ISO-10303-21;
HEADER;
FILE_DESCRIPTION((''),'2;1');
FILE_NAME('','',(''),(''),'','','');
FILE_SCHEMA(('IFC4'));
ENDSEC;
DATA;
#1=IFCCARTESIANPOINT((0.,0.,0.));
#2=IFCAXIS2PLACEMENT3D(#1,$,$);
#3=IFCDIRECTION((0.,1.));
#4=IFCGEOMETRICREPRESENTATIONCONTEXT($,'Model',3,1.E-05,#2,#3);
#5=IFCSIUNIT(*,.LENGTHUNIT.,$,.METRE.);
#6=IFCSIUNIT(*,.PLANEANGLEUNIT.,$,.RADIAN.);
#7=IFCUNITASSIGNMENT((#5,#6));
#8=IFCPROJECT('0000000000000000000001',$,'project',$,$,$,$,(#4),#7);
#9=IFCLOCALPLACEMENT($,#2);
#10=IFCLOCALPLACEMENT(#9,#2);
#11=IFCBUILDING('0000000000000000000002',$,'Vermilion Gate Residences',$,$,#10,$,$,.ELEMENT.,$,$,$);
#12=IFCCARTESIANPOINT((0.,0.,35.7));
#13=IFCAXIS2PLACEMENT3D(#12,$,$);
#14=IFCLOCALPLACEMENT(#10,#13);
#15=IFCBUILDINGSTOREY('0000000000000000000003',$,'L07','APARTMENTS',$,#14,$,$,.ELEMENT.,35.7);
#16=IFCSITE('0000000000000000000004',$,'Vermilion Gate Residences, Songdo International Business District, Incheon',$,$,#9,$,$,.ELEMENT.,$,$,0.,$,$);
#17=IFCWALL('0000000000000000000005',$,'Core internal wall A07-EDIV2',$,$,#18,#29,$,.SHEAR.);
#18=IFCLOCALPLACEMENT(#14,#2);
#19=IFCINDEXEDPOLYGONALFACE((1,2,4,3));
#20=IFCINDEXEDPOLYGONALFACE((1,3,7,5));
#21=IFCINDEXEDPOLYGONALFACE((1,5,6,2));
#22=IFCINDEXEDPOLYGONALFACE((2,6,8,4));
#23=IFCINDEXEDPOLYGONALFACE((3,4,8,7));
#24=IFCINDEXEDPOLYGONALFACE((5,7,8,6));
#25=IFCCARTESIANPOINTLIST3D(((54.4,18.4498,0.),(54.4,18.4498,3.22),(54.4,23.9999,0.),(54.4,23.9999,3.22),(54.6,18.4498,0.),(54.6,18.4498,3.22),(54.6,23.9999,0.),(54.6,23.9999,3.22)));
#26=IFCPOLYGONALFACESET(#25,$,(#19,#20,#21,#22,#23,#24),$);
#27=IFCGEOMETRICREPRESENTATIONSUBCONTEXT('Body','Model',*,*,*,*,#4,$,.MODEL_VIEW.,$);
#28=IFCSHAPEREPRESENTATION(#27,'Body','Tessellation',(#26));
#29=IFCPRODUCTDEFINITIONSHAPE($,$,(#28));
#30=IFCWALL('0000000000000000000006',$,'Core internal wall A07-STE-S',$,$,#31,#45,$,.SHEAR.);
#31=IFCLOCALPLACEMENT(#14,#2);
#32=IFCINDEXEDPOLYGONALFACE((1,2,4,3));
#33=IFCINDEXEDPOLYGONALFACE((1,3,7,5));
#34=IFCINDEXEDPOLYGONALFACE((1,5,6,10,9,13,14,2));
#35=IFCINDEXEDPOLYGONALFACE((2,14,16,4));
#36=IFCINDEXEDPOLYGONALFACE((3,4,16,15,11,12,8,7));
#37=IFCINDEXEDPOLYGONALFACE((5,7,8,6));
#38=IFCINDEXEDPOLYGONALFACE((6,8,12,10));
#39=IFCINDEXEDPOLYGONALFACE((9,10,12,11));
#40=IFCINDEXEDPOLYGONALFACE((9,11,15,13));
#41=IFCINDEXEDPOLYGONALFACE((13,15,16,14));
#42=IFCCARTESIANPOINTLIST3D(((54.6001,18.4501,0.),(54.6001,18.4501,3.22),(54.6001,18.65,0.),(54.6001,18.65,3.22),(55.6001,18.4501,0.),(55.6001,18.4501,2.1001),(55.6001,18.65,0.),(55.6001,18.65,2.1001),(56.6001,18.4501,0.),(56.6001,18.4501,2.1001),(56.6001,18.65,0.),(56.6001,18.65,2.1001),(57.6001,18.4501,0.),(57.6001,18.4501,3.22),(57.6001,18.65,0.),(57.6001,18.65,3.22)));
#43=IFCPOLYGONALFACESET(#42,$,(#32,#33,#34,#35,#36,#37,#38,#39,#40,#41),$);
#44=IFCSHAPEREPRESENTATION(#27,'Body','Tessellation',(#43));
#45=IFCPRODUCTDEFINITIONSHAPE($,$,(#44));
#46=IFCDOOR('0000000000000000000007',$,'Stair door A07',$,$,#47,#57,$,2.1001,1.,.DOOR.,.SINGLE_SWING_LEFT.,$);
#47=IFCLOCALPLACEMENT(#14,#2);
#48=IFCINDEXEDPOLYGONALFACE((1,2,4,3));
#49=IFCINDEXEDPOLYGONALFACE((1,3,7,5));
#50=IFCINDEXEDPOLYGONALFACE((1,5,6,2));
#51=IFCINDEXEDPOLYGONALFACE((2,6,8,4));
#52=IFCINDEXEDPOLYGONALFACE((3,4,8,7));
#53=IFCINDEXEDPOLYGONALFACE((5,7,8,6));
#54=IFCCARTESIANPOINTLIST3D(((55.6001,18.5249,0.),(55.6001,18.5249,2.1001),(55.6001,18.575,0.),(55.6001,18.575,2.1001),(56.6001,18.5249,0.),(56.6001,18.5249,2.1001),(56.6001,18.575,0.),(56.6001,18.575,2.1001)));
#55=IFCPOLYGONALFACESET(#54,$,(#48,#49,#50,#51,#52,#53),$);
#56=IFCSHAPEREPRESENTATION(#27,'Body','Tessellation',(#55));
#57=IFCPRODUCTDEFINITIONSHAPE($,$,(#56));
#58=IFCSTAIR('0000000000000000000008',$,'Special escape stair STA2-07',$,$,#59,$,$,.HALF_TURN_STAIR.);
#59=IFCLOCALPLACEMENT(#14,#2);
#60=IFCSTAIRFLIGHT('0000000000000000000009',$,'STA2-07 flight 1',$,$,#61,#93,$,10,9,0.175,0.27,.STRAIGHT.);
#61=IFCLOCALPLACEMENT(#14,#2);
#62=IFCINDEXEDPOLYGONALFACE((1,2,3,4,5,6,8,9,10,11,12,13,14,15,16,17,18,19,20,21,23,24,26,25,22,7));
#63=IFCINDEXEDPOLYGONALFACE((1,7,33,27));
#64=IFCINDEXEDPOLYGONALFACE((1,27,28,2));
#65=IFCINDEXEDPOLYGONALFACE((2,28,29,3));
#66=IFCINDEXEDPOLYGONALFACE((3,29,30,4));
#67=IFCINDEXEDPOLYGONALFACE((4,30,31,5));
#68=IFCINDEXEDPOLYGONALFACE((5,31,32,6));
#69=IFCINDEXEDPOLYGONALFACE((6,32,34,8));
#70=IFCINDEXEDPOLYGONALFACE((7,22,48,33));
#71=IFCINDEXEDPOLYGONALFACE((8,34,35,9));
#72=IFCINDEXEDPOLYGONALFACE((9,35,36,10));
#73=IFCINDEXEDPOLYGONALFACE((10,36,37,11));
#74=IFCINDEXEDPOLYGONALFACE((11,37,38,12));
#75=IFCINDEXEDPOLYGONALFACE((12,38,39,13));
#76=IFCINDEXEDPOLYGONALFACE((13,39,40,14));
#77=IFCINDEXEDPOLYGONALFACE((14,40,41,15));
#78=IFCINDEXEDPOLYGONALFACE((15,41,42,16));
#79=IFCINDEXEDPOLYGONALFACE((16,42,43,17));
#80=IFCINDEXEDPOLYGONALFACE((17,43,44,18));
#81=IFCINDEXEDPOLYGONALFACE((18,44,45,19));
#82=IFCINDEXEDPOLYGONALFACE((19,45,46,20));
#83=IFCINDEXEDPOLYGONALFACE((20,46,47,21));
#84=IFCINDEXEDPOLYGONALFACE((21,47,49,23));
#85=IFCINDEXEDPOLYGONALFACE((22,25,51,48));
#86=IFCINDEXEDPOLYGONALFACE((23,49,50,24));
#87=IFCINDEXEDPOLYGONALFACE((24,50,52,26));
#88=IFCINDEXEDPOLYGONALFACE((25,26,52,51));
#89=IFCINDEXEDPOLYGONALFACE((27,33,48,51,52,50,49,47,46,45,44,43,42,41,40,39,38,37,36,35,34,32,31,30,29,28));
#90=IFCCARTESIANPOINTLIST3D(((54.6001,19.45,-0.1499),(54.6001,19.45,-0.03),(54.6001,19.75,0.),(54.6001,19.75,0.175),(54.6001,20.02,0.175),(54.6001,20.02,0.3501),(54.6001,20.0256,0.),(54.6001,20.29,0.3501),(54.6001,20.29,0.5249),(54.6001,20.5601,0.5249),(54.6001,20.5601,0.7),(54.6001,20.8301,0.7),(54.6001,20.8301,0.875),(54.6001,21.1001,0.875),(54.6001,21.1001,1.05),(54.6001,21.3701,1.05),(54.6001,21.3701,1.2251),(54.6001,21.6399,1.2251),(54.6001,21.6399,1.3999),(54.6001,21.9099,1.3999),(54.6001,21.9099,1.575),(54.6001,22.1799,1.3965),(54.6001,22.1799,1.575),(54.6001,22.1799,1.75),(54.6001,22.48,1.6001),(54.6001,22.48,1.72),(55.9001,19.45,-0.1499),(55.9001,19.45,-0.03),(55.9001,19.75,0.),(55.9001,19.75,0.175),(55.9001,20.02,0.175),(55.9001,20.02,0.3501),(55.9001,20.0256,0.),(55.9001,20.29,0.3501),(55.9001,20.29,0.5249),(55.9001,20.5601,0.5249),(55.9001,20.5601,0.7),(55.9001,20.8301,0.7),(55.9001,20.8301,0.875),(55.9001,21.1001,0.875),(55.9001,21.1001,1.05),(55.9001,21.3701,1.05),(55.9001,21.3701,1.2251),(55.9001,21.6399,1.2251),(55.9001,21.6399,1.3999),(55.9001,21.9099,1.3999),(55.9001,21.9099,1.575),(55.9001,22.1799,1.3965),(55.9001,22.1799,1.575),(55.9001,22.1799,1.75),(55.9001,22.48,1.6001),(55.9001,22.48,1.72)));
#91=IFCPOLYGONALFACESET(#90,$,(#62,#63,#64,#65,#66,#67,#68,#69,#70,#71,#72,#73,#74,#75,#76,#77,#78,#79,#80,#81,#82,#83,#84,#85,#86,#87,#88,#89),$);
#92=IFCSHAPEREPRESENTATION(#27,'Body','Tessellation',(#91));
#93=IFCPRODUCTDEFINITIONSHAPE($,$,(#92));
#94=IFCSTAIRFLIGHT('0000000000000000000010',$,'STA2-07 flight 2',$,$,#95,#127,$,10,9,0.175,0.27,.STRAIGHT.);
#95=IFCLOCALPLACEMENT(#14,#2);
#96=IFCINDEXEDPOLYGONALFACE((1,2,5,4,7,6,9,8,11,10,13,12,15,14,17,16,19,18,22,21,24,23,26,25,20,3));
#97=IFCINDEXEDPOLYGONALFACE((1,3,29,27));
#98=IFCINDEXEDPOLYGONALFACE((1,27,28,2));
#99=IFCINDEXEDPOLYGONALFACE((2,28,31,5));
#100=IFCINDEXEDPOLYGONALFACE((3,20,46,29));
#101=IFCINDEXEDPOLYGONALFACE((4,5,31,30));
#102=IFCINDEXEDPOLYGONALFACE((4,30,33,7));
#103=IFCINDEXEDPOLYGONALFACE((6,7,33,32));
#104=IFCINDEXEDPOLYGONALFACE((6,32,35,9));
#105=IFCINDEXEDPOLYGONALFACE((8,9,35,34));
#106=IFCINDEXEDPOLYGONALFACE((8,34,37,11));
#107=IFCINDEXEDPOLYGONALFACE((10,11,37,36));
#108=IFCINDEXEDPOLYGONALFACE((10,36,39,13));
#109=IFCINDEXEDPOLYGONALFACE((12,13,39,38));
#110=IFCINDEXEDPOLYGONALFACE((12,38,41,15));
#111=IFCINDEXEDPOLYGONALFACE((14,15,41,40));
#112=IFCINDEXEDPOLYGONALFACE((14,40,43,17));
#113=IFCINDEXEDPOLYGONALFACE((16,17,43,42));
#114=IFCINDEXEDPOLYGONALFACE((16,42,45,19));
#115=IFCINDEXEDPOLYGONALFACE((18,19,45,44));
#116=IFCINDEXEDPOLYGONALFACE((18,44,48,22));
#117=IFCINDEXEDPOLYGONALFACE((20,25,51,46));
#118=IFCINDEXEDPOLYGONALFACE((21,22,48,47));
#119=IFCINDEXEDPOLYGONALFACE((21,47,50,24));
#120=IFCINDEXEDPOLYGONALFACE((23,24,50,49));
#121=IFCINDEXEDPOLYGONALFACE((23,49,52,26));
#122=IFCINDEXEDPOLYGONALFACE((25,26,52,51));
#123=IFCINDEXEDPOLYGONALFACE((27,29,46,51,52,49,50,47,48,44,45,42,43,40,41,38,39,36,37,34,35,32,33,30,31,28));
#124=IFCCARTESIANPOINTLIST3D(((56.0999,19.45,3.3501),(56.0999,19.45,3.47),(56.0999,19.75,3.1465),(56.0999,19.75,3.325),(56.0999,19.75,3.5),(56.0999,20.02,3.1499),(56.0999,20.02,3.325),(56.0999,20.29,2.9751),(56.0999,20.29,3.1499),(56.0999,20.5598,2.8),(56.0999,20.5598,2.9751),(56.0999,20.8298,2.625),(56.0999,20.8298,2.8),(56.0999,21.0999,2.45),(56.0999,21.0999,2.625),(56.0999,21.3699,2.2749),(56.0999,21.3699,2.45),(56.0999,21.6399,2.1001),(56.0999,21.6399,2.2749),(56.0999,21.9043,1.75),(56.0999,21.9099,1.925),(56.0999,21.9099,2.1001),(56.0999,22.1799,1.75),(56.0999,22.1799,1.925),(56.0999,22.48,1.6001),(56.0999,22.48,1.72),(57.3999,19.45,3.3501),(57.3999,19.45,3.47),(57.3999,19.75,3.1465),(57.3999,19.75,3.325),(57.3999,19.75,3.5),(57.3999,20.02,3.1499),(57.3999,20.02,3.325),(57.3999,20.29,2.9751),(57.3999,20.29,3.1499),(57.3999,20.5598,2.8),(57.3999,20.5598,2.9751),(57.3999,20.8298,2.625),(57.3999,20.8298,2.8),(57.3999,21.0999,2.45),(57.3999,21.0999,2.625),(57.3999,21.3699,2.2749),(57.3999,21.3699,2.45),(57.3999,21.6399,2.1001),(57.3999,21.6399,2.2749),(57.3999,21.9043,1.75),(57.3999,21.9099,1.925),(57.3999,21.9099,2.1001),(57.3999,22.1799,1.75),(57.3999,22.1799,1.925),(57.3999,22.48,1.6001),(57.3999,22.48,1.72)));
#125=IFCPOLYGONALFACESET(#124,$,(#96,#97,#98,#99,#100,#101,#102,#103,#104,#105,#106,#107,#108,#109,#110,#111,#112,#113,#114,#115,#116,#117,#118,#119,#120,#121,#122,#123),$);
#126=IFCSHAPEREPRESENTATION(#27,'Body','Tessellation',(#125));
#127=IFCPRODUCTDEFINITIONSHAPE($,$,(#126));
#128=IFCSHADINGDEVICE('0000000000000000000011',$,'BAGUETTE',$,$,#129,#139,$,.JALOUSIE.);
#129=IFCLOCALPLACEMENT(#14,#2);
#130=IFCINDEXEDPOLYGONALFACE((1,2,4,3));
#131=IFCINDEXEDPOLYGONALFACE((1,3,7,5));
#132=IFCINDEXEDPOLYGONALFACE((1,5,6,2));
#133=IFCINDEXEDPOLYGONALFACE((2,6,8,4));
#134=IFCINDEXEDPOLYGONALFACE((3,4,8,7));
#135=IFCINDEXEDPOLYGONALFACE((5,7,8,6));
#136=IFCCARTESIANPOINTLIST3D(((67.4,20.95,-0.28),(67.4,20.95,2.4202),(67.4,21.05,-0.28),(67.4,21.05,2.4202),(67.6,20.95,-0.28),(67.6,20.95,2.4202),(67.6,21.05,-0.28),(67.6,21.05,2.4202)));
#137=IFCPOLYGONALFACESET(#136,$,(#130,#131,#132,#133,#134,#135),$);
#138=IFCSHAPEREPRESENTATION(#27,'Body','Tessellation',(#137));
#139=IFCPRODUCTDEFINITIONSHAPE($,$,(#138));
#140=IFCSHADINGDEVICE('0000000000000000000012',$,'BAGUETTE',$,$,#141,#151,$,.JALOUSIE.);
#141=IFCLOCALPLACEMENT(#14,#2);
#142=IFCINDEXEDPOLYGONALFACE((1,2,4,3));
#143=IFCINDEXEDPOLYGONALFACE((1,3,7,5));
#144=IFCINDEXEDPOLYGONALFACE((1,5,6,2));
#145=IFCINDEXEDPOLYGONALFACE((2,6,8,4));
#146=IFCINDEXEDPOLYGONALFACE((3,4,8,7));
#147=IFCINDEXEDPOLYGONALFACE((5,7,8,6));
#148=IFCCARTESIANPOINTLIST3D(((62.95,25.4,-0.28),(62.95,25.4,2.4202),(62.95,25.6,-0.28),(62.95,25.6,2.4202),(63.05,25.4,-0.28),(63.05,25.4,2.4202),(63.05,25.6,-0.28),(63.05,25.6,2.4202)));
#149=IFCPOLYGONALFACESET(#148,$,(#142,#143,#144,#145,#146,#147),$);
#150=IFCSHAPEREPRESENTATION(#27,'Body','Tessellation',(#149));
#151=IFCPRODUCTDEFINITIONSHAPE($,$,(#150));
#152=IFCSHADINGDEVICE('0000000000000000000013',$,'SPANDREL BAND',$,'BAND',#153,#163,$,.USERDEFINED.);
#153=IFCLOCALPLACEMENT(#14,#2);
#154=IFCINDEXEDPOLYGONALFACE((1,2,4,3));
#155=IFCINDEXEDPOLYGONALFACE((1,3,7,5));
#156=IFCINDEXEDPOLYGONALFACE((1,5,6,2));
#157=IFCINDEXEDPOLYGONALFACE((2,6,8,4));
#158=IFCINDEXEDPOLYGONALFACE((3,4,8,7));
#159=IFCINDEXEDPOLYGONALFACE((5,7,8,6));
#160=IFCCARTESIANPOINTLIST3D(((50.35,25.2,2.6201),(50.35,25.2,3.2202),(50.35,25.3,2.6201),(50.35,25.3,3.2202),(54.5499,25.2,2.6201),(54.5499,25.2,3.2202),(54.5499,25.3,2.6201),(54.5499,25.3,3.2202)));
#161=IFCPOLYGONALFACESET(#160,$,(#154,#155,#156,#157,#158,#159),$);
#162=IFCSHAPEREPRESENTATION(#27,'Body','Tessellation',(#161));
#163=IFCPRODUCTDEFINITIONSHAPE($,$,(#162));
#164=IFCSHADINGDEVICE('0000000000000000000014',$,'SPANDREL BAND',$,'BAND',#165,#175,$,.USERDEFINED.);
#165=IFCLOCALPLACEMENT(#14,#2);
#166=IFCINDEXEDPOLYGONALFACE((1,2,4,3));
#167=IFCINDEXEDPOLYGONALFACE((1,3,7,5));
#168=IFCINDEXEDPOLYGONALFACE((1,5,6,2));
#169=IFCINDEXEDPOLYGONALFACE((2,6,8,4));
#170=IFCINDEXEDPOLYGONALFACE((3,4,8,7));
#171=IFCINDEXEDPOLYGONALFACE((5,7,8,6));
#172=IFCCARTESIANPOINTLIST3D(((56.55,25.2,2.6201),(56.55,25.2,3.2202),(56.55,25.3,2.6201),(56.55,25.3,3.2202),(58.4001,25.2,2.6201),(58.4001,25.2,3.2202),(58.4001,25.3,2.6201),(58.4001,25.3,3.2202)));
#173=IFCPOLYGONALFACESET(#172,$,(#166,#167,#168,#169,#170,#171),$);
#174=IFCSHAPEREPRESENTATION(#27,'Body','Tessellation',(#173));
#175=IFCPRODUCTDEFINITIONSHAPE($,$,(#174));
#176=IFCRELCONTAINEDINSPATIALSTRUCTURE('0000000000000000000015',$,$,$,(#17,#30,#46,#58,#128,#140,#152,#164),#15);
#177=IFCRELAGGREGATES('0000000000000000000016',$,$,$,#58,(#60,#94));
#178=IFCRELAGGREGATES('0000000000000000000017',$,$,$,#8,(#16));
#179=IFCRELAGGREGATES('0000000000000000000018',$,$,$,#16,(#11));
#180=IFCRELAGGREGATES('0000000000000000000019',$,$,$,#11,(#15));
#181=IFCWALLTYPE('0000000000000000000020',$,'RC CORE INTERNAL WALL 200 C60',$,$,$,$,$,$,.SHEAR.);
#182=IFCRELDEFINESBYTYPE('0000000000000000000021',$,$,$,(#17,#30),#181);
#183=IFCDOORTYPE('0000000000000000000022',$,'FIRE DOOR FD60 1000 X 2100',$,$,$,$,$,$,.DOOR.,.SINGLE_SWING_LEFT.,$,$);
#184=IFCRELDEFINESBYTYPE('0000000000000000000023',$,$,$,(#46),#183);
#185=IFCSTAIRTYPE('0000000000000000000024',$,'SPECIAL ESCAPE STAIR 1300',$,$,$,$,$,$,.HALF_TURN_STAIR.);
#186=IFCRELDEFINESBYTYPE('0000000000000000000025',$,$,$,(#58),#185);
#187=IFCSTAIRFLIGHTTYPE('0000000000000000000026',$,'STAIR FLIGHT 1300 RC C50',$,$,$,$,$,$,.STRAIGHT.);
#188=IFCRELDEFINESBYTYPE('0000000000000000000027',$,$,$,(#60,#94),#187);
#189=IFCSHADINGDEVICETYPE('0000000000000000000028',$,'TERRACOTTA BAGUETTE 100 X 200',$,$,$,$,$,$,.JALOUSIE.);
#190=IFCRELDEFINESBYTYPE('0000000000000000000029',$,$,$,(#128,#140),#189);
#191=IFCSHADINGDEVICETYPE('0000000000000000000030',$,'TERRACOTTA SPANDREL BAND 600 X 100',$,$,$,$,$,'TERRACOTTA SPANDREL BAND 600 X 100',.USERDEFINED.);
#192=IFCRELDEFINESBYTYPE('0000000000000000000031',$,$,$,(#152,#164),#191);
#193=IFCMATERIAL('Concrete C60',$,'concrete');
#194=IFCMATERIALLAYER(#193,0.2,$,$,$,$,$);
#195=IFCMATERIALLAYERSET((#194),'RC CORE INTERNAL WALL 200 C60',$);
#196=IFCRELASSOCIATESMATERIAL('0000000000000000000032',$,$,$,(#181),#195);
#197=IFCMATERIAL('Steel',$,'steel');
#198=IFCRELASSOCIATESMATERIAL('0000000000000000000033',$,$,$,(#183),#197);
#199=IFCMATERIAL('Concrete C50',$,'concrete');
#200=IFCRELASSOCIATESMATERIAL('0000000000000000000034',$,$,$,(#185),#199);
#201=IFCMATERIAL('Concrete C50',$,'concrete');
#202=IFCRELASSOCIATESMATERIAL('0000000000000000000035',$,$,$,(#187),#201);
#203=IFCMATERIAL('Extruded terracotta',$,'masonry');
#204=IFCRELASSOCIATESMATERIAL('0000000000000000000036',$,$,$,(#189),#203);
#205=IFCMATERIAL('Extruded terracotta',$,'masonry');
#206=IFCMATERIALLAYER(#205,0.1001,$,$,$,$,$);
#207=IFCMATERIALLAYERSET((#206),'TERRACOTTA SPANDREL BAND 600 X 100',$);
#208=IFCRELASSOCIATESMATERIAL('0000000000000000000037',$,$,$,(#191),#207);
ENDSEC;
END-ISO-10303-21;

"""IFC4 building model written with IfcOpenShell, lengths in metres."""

from ifc_helpers import new_model, si_unit, direction, frame, frame_2d, origin, origin_2d, place, context, subcontext, project, spatial, polyline, rectangle, outline, extrude, material, layer, layer_set, material_profile, profile_set, type_object, element, fill, aggregate, save


model = new_model("IFC4")

# Units and contexts
model_context = context("Model", 3, precision=1e-05, world=origin(), true_north=direction((0.0, 1.0)))
body_context = subcontext(model_context, "Body", "Model", "MODEL_VIEW")
ifc_project = project(units=[si_unit("LENGTHUNIT", "METRE"), si_unit("PLANEANGLEUNIT", "RADIAN")], contexts=[model_context])

# Site, building, storey
site_placement = place(None, origin())
site = spatial("IfcSite", under=ifc_project, at=site_placement, Name="Vermilion Gate Residences, Songdo International Business District, Incheon", CompositionType="ELEMENT", RefElevation=0.0)
building_placement = place(site_placement, origin())
building = spatial("IfcBuilding", under=site, at=building_placement, Name="Vermilion Gate Residences", CompositionType="ELEMENT")
storey_placement = place(building_placement, frame((0.0, 0.0, 35.7)))
storey = spatial("IfcBuildingStorey", under=building, at=storey_placement, Name="L07", Description="APARTMENTS", CompositionType="ELEMENT", Elevation=35.7)

# Wall
ifc_material_1 = material(Name="Concrete C60", Category="concrete")
ifc_layer_1 = layer(ifc_material_1, 0.2)
ifc_layer_set_1 = layer_set([ifc_layer_1], Name="RC CORE INTERNAL WALL 200 C60")
wall_type_1 = type_object("IfcWallType", Name="RC CORE INTERNAL WALL 200 C60", PredefinedType="SHEAR", material=ifc_layer_set_1)
wall_1_placement = place(storey_placement, frame((54.5, 18.45, 0.0), z_axis=(0.0, 0.0, 1.0), x_axis=(0.0, 1.0, 0.0)))
element("IfcWall", 1, at=wall_1_placement, inside=storey, type_object=wall_type_1, Name="Core internal wall A07-EDIV2", PredefinedType="SHEAR", context=body_context, shape_type="SweptSolid", body=[
    extrude(rectangle(XDim=5.55, YDim=0.2, at=frame_2d((2.7749, 0.0))), origin(), (0.0, 0.0, 1.0), 3.22),
])

# Wall, opening, door
wall_2_placement = place(storey_placement, frame((54.6001, 18.55, 0.0), z_axis=(0.0, 0.0, 1.0), x_axis=(1.0, 0.0, 0.0)))
wall_2 = element("IfcWall", 2, at=wall_2_placement, inside=storey, type_object=wall_type_1, Name="Core internal wall A07-STE-S", PredefinedType="SHEAR", context=body_context, shape_type="SweptSolid", body=[
    extrude(rectangle(XDim=3.0, YDim=0.2, at=frame_2d((1.5, 0.0))), origin(), (0.0, 0.0, 1.0), 3.22),
])
opening_1_placement = place(wall_2_placement, frame((1.0, 0.0, 0.0)))
opening_1 = element("IfcOpeningElement", 3, at=opening_1_placement, cuts=wall_2, PredefinedType="OPENING", context=body_context, shape_type="SweptSolid", body=[
    extrude(rectangle(XDim=1.0, YDim=2.1001, at=frame_2d((0.5, 1.05))), frame((0.0, 0.1099, 0.0), z_axis=(0.0, -1.0, 0.0), x_axis=(1.0, 0.0, 0.0)), (0.0, 0.0, 1.0), 0.22),
])
ifc_material_2 = material(Name="Steel", Category="steel")
door_type = type_object("IfcDoorType", Name="FIRE DOOR FD60 1000 X 2100", OperationType="SINGLE_SWING_LEFT", PredefinedType="DOOR", material=ifc_material_2)
door_placement = place(opening_1_placement, origin())
door = element("IfcDoor", 4, at=door_placement, inside=storey, type_object=door_type, Name="Stair door A07", OperationType="SINGLE_SWING_LEFT", OverallHeight=2.1001, OverallWidth=1.0, PredefinedType="DOOR", context=body_context, shape_type="SweptSolid", body=[
    extrude(rectangle(XDim=1.0, YDim=2.1001, at=frame_2d((0.5, 1.05))), frame((0.0, 0.0249, 0.0), z_axis=(0.0, -1.0, 0.0), x_axis=(1.0, 0.0, 0.0)), (0.0, 0.0, 1.0), 0.05),
])
fill(opening_1, door)

# Stair, stair flights
ifc_material_3 = material(Name="Concrete C50", Category="concrete")
stair_type = type_object("IfcStairType", Name="SPECIAL ESCAPE STAIR 1300", PredefinedType="HALF_TURN_STAIR", material=ifc_material_3)
stair_placement = place(storey_placement, origin())
stair = element("IfcStair", 5, at=stair_placement, inside=storey, type_object=stair_type, Name="Special escape stair STA2-07", PredefinedType="HALF_TURN_STAIR")
ifc_material_4 = material(Name="Concrete C50", Category="concrete")
stair_flight_type = type_object("IfcStairFlightType", Name="STAIR FLIGHT 1300 RC C50", PredefinedType="STRAIGHT", material=ifc_material_4)
stair_flight_1_placement = place(storey_placement, frame((55.25, 19.75, 0.0), z_axis=(0.0, 0.0, 1.0), x_axis=(0.0, 1.0, 0.0)))
stair_flight_1 = element("IfcStairFlight", 6, at=stair_flight_1_placement, type_object=stair_flight_type, Name="STA2-07 flight 1", NumberOfRisers=10, NumberOfTreads=9, PredefinedType="STRAIGHT", RiserHeight=0.175, TreadLength=0.27, context=body_context, shape_type="SweptSolid", body=[
    extrude(outline(polyline([(-0.3, -0.1499), (-0.3, -0.03), (0.0, 0.0), (0.0, 0.175), (0.27, 0.175), (0.27, 0.3501), (0.54, 0.3501), (0.54, 0.5249), (0.8101, 0.5249), (0.8101, 0.7), (1.0801, 0.7), (1.0801, 0.875), (1.3501, 0.875), (1.3501, 1.05), (1.6201, 1.05), (1.6201, 1.2251), (1.8899, 1.2251), (1.8899, 1.3999), (2.1599, 1.3999), (2.1599, 1.575), (2.4299, 1.575), (2.4299, 1.75), (2.73, 1.72), (2.73, 1.6001), (2.4299, 1.3965), (0.2756, 0.0), (-0.3, -0.1499)])), frame((0.0, 0.6499, 0.0), z_axis=(0.0, -1.0, 0.0), x_axis=(1.0, 0.0, 0.0)), (0.0, 0.0, 1.0), 1.3),
])
stair_flight_2_placement = place(storey_placement, frame((56.75, 22.1799, 1.75), z_axis=(0.0, 0.0, 1.0), x_axis=(0.0, -1.0, 0.0)))
stair_flight_2 = element("IfcStairFlight", 7, at=stair_flight_2_placement, type_object=stair_flight_type, Name="STA2-07 flight 2", NumberOfRisers=10, NumberOfTreads=9, PredefinedType="STRAIGHT", RiserHeight=0.175, TreadLength=0.27, context=body_context, shape_type="SweptSolid", body=[
    extrude(outline(polyline([(-0.3, -0.1499), (-0.3, -0.03), (0.0, 0.0), (0.0, 0.175), (0.27, 0.175), (0.27, 0.3501), (0.54, 0.3501), (0.54, 0.5249), (0.8101, 0.5249), (0.8101, 0.7), (1.0801, 0.7), (1.0801, 0.875), (1.3501, 0.875), (1.3501, 1.05), (1.6201, 1.05), (1.6201, 1.2251), (1.8899, 1.2251), (1.8899, 1.3999), (2.1599, 1.3999), (2.1599, 1.575), (2.4299, 1.575), (2.4299, 1.75), (2.73, 1.72), (2.73, 1.6001), (2.4299, 1.3965), (0.2756, 0.0), (-0.3, -0.1499)])), frame((0.0, 0.6499, 0.0), z_axis=(0.0, -1.0, 0.0), x_axis=(1.0, 0.0, 0.0)), (0.0, 0.0, 1.0), 1.3),
])
aggregate(stair, [stair_flight_1, stair_flight_2])

# Shading devices
ifc_material_5 = material(Name="Extruded terracotta", Category="masonry")
ifc_material_profile_1 = material_profile(ifc_material_5, rectangle(XDim=0.2, YDim=0.1001, at=origin_2d()), Name="BAGUETTE 100 X 200")
ifc_profile_set_1 = profile_set([ifc_material_profile_1], Name="Extruded terracotta")
shading_device_type_1 = type_object("IfcShadingDeviceType", Name="TERRACOTTA BAGUETTE 100 X 200", PredefinedType="JALOUSIE", material=ifc_profile_set_1)
for number, where, z_axis, x_axis, name in (
    (8, (67.5, 21.0, -0.28), (0.0, 0.0, 1.0), (-1.0, 0.0, 0.0), "BAGUETTE"),
    (9, (63.0, 25.5, -0.28), (0.0, 0.0, 1.0), (0.0, -1.0, 0.0), "BAGUETTE"),
):
    element("IfcShadingDevice", number, at=place(storey_placement, frame(where, z_axis=z_axis, x_axis=x_axis)), inside=storey, type_object=shading_device_type_1, Name=name, PredefinedType="JALOUSIE", context=body_context, shape_type="SweptSolid", body=[
        extrude(rectangle(XDim=0.2, YDim=0.1001, at=origin_2d()), origin(), (0.0, 0.0, 1.0), 2.7002),
    ])
ifc_material_6 = material(Name="Extruded terracotta", Category="masonry")
ifc_layer_2 = layer(ifc_material_6, 0.1001)
ifc_layer_set_2 = layer_set([ifc_layer_2], Name="TERRACOTTA SPANDREL BAND 600 X 100")
shading_device_type_2 = type_object("IfcShadingDeviceType", Name="TERRACOTTA SPANDREL BAND 600 X 100", ElementType="TERRACOTTA SPANDREL BAND 600 X 100", PredefinedType="USERDEFINED", material=ifc_layer_set_2)
shading_device_1_placement = place(storey_placement, frame((52.45, 25.25, 2.6201), z_axis=(0.0, 0.0, 1.0), x_axis=(1.0, 0.0, 0.0)))
element("IfcShadingDevice", 10, at=shading_device_1_placement, inside=storey, type_object=shading_device_type_2, Name="SPANDREL BAND", ObjectType="BAND", PredefinedType="USERDEFINED", context=body_context, shape_type="SweptSolid", body=[
    extrude(rectangle(XDim=4.2, YDim=0.1001, at=origin_2d()), origin(), (0.0, 0.0, 1.0), 0.6001),
])
shading_device_2_placement = place(storey_placement, frame((57.4751, 25.25, 2.6201), z_axis=(0.0, 0.0, 1.0), x_axis=(1.0, 0.0, 0.0)))
element("IfcShadingDevice", 11, at=shading_device_2_placement, inside=storey, type_object=shading_device_type_2, Name="SPANDREL BAND", ObjectType="BAND", PredefinedType="USERDEFINED", context=body_context, shape_type="SweptSolid", body=[
    extrude(rectangle(XDim=1.8501, YDim=0.1001, at=origin_2d()), origin(), (0.0, 0.0, 1.0), 0.6001),
])

save(model, "model.ifc")
